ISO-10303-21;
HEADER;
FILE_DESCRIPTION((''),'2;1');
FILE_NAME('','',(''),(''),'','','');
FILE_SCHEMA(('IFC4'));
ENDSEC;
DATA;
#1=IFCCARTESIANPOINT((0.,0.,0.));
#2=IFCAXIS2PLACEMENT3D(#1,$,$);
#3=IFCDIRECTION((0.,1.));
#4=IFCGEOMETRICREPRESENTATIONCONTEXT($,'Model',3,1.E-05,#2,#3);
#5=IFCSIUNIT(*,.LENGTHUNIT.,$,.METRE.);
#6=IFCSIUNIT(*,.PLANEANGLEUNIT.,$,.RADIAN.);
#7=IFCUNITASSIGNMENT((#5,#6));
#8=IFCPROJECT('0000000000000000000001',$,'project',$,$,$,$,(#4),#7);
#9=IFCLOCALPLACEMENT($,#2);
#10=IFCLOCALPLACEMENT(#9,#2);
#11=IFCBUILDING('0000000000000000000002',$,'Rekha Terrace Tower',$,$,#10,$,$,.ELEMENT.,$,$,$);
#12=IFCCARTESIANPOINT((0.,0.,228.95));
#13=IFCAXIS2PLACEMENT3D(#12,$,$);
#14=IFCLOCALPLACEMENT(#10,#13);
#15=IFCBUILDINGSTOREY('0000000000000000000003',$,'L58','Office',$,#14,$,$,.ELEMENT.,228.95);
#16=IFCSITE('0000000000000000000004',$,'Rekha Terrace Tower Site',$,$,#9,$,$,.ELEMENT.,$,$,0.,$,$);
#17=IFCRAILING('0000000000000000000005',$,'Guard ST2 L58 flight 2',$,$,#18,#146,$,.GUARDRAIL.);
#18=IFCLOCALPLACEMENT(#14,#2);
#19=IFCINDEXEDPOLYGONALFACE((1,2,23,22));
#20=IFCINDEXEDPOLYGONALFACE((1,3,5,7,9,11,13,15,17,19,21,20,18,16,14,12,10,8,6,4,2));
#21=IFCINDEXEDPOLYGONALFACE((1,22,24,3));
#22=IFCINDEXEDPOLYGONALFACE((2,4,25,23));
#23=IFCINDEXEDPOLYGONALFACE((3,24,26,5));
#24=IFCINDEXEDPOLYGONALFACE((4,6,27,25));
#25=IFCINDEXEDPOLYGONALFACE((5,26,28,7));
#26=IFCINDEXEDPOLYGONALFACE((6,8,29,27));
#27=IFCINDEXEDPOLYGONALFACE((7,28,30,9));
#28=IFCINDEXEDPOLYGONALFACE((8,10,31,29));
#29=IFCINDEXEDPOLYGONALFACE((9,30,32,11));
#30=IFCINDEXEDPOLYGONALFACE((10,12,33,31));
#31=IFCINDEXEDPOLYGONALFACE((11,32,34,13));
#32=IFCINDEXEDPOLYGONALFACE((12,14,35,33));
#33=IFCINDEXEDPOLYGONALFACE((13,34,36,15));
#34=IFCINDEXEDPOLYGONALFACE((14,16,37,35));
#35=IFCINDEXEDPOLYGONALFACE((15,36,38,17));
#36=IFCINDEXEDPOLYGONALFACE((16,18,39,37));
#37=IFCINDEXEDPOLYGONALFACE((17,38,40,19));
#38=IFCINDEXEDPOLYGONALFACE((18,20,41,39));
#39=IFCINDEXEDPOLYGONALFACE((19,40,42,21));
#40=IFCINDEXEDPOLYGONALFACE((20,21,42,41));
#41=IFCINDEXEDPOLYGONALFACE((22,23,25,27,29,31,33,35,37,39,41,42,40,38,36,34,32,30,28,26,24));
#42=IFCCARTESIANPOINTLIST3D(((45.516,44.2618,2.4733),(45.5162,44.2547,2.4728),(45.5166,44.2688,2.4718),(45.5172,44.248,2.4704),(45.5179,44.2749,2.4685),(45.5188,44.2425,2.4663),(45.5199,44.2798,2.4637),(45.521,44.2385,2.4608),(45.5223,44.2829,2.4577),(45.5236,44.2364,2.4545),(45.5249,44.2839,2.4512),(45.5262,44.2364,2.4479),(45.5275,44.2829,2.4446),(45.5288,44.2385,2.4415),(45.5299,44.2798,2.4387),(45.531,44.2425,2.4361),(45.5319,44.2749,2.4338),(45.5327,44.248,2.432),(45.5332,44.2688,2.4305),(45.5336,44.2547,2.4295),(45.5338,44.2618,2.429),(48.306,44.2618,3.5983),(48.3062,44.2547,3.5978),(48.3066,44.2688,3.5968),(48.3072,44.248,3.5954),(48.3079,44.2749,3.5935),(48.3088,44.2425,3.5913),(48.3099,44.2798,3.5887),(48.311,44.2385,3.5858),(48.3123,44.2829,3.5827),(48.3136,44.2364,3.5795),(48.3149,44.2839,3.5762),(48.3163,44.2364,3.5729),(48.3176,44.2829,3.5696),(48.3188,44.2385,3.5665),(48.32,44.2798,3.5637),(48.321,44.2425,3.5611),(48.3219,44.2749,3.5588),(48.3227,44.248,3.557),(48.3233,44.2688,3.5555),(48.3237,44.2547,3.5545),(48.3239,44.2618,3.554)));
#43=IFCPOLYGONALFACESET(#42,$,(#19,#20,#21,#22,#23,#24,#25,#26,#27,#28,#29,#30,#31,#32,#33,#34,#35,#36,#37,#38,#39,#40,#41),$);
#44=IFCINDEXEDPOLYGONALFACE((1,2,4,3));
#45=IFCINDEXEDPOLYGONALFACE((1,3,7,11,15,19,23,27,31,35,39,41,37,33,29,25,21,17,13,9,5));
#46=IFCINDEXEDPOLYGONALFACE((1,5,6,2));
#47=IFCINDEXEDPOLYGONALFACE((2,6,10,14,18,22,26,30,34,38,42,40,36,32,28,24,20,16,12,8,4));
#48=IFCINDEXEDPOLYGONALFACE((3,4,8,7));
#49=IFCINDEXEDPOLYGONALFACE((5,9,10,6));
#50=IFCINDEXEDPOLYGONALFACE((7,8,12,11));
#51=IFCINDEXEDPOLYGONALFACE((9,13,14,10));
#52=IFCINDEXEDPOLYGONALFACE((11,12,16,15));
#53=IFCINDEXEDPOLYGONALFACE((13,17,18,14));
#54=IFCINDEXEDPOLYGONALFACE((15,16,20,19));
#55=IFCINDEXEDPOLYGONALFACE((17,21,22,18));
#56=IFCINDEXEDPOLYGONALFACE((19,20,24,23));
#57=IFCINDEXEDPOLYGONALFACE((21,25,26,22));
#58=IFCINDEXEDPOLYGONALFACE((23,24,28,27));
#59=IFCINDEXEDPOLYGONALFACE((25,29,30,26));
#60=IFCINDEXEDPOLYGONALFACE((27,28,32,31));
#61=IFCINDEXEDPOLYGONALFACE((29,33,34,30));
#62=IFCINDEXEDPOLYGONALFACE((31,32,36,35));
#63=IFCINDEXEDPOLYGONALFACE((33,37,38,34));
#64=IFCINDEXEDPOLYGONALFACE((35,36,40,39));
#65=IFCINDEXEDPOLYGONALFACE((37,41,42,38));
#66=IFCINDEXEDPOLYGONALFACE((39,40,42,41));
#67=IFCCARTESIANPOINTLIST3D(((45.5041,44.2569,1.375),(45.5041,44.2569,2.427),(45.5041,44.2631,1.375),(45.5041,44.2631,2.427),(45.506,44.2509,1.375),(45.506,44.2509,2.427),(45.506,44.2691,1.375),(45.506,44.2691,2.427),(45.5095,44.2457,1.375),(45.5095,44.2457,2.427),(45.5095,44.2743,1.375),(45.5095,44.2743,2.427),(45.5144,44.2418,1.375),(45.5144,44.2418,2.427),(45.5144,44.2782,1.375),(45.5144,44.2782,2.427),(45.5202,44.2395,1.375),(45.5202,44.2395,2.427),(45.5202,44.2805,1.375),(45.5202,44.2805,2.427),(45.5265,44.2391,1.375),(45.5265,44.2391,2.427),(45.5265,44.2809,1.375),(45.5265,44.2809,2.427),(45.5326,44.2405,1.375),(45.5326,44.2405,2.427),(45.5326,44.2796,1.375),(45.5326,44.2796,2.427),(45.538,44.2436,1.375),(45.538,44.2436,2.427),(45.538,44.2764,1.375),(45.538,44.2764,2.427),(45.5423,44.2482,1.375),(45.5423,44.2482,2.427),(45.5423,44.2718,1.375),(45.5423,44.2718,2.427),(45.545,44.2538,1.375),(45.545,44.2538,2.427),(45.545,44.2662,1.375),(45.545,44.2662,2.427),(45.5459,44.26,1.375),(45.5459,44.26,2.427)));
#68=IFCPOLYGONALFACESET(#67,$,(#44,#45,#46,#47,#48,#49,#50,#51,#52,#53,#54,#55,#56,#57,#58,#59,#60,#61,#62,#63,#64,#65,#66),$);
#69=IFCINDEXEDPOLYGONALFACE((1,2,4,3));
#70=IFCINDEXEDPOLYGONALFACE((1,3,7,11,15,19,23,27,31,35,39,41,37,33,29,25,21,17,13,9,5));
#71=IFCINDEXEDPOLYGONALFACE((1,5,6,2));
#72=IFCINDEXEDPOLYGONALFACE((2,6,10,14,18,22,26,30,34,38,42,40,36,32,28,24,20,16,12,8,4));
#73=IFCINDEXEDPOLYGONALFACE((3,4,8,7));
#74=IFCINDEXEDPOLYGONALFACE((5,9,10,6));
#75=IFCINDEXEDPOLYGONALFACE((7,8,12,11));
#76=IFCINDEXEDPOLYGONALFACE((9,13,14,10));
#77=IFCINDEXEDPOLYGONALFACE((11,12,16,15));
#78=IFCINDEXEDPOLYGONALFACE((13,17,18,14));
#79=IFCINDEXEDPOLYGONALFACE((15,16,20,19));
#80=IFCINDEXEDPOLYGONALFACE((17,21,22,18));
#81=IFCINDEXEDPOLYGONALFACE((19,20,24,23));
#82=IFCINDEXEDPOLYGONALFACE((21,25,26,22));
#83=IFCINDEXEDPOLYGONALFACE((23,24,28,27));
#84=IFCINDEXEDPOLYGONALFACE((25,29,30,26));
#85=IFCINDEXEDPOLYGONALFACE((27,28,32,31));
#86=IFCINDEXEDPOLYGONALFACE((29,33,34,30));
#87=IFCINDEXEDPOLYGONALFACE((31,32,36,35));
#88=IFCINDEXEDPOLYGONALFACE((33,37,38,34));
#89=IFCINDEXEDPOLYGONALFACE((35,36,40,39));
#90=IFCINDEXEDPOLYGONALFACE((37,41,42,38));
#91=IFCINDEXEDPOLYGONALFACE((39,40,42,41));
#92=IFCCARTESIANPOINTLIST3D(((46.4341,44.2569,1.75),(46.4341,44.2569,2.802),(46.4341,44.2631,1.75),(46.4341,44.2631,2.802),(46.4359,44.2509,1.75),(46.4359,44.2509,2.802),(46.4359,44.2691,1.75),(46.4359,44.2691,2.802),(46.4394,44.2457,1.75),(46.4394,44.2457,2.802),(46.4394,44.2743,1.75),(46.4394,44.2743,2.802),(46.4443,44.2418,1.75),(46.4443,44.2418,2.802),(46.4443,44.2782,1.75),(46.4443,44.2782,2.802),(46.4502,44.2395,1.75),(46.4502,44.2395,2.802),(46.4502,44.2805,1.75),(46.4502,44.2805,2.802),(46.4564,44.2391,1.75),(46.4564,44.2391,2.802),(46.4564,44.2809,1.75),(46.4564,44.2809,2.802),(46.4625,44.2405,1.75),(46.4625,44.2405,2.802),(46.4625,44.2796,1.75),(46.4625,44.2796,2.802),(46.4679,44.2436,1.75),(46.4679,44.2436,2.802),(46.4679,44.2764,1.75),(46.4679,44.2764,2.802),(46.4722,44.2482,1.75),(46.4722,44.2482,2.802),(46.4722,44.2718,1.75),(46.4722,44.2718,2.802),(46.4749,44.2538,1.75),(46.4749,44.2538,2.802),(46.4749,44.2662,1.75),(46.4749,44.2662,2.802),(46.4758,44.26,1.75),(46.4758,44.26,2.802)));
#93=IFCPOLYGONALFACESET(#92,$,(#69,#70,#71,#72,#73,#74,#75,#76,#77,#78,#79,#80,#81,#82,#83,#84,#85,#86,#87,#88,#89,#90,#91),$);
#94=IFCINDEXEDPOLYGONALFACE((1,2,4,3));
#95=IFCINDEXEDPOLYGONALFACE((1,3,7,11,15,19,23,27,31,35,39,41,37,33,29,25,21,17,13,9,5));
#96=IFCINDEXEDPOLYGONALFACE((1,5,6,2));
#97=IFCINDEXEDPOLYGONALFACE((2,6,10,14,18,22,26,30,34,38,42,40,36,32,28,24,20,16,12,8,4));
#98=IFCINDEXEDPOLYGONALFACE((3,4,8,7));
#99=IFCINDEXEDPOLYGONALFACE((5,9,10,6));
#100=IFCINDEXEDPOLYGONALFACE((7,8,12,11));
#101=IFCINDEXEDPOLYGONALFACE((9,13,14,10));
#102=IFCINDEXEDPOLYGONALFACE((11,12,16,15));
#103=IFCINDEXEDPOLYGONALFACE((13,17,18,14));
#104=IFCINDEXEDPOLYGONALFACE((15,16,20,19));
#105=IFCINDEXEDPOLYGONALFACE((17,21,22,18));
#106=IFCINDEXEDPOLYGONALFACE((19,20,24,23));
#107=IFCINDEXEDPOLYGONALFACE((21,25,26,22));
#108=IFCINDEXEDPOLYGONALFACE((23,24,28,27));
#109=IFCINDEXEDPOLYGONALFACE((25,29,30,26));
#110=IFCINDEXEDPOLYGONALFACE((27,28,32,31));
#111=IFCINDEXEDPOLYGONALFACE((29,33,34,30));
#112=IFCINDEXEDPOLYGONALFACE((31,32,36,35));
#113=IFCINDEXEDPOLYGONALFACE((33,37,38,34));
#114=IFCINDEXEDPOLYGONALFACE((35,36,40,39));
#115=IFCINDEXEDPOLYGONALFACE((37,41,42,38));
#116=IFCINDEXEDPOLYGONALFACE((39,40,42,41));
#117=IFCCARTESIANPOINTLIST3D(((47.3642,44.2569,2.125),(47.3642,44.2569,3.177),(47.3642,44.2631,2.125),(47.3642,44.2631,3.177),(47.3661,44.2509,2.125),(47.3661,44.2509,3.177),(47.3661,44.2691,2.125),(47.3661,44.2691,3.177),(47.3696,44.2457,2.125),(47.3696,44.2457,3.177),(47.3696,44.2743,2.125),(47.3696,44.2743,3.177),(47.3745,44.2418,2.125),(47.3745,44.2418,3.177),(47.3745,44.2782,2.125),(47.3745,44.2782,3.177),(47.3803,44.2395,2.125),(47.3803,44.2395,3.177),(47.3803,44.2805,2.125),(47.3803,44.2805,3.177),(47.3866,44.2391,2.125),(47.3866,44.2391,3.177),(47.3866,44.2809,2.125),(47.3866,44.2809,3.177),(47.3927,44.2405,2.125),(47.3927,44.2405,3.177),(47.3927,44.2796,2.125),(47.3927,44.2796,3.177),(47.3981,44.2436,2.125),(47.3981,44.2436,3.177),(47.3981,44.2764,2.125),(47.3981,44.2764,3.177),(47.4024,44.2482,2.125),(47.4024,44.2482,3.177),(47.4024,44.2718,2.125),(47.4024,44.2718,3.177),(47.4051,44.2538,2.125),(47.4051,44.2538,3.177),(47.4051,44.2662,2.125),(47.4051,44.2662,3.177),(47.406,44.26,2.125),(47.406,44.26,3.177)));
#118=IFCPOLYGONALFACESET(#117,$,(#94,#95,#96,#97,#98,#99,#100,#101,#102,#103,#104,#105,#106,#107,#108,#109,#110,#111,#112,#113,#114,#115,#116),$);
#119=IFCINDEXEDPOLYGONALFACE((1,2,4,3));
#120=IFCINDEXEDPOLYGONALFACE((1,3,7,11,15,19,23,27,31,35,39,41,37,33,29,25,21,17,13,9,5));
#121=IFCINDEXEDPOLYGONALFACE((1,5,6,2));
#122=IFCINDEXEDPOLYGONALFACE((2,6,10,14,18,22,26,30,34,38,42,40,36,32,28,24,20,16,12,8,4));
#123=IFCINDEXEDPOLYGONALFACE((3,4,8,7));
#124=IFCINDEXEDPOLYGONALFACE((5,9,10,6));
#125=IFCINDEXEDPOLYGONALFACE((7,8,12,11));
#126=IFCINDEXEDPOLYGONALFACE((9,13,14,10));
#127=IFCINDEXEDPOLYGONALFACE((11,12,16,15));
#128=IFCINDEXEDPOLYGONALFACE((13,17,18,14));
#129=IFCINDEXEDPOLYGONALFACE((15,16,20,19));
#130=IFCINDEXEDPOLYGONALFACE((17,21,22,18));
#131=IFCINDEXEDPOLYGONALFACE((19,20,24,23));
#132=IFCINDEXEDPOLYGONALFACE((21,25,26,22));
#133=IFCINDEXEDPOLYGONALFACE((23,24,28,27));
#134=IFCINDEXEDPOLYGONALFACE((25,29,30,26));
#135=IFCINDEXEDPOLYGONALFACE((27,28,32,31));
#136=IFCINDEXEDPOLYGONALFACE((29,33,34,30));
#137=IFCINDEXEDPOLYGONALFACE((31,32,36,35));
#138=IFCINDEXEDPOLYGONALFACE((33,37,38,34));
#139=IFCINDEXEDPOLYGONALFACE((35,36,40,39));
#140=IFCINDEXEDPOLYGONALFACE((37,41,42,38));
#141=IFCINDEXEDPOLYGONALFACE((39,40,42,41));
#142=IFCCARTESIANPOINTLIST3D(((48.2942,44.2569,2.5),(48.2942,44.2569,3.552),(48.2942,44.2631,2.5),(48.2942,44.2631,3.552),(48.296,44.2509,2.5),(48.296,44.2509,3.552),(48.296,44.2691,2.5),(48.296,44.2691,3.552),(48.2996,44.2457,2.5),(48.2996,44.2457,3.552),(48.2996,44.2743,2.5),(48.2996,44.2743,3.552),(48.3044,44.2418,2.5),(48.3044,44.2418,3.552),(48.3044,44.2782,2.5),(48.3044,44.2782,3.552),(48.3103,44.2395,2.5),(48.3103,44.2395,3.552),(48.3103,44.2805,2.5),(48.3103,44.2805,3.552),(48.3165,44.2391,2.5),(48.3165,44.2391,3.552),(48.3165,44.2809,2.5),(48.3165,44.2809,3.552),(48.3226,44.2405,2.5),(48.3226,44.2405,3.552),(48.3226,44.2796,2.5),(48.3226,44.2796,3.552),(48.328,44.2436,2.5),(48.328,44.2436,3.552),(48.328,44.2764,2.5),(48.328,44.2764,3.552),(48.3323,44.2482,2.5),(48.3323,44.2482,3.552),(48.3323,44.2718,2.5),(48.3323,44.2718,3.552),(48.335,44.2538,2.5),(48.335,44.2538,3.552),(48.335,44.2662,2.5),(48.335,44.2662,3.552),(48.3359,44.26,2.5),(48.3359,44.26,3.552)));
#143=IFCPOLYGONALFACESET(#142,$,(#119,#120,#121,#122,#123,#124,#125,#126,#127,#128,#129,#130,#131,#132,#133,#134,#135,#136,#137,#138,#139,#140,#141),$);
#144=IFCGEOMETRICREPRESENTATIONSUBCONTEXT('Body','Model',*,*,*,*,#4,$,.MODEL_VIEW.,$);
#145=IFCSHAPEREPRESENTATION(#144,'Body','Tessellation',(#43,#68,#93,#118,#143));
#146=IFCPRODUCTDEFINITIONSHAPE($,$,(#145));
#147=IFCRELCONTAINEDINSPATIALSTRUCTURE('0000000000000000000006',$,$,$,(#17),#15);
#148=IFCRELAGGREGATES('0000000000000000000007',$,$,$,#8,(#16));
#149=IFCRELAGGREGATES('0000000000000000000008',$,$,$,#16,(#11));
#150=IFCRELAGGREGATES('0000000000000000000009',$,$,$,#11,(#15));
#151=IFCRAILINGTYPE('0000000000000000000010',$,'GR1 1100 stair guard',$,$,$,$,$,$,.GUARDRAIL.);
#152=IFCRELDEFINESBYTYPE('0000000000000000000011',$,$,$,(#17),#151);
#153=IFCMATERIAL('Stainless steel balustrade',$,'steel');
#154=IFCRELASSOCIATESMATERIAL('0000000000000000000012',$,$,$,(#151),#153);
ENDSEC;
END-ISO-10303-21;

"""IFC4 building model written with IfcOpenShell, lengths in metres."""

from ifc_helpers import new_model, si_unit, direction, frame, origin, origin_2d, place, context, subcontext, project, spatial, circle, extrude, material, type_object, element, save


model = new_model("IFC4")

# Units and contexts
model_context = context("Model", 3, precision=1e-05, world=origin(), true_north=direction((0.0, 1.0)))
body_context = subcontext(model_context, "Body", "Model", "MODEL_VIEW")
ifc_project = project(units=[si_unit("LENGTHUNIT", "METRE"), si_unit("PLANEANGLEUNIT", "RADIAN")], contexts=[model_context])

# Site, building, storey
site_placement = place(None, origin())
site = spatial("IfcSite", under=ifc_project, at=site_placement, Name="Rekha Terrace Tower Site", CompositionType="ELEMENT", RefElevation=0.0)
building_placement = place(site_placement, origin())
building = spatial("IfcBuilding", under=site, at=building_placement, Name="Rekha Terrace Tower", CompositionType="ELEMENT")
storey_placement = place(building_placement, frame((0.0, 0.0, 228.95)))
storey = spatial("IfcBuildingStorey", under=building, at=storey_placement, Name="L58", Description="Office", CompositionType="ELEMENT", Elevation=228.95)

# Railing
ifc_material_1 = material(Name="Stainless steel balustrade", Category="steel")
railing_type_1 = type_object("IfcRailingType", Name="GR1 1100 stair guard", PredefinedType="GUARDRAIL", material=ifc_material_1)
railing_1_placement = place(storey_placement, frame((45.5249, 44.26, 1.375)))
element("IfcRailing", 1, at=railing_1_placement, inside=storey, type_object=railing_type_1, Name="Guard ST2 L58 flight 2", PredefinedType="GUARDRAIL", context=body_context, shape_type="SweptSolid", body=[
    extrude(circle(Radius=0.0239, at=origin_2d()), frame((0.0, 0.0, 1.0762), z_axis=(0.927443, 0.0, 0.373964), x_axis=(0.0, 1.0, 0.0)), (0.0, 0.0, 1.0), 3.0083),
    extrude(circle(Radius=0.021, at=origin_2d()), origin(), (0.0, 0.0, 1.0), 1.052),
    extrude(circle(Radius=0.021, at=origin_2d()), frame((0.9299, 0.0, 0.375)), (0.0, 0.0, 1.0), 1.052),
    extrude(circle(Radius=0.021, at=origin_2d()), frame((1.8601, 0.0, 0.75)), (0.0, 0.0, 1.0), 1.052),
    extrude(circle(Radius=0.021, at=origin_2d()), frame((2.79, 0.0, 1.125)), (0.0, 0.0, 1.0), 1.052),
])

save(model, "model.ifc")
